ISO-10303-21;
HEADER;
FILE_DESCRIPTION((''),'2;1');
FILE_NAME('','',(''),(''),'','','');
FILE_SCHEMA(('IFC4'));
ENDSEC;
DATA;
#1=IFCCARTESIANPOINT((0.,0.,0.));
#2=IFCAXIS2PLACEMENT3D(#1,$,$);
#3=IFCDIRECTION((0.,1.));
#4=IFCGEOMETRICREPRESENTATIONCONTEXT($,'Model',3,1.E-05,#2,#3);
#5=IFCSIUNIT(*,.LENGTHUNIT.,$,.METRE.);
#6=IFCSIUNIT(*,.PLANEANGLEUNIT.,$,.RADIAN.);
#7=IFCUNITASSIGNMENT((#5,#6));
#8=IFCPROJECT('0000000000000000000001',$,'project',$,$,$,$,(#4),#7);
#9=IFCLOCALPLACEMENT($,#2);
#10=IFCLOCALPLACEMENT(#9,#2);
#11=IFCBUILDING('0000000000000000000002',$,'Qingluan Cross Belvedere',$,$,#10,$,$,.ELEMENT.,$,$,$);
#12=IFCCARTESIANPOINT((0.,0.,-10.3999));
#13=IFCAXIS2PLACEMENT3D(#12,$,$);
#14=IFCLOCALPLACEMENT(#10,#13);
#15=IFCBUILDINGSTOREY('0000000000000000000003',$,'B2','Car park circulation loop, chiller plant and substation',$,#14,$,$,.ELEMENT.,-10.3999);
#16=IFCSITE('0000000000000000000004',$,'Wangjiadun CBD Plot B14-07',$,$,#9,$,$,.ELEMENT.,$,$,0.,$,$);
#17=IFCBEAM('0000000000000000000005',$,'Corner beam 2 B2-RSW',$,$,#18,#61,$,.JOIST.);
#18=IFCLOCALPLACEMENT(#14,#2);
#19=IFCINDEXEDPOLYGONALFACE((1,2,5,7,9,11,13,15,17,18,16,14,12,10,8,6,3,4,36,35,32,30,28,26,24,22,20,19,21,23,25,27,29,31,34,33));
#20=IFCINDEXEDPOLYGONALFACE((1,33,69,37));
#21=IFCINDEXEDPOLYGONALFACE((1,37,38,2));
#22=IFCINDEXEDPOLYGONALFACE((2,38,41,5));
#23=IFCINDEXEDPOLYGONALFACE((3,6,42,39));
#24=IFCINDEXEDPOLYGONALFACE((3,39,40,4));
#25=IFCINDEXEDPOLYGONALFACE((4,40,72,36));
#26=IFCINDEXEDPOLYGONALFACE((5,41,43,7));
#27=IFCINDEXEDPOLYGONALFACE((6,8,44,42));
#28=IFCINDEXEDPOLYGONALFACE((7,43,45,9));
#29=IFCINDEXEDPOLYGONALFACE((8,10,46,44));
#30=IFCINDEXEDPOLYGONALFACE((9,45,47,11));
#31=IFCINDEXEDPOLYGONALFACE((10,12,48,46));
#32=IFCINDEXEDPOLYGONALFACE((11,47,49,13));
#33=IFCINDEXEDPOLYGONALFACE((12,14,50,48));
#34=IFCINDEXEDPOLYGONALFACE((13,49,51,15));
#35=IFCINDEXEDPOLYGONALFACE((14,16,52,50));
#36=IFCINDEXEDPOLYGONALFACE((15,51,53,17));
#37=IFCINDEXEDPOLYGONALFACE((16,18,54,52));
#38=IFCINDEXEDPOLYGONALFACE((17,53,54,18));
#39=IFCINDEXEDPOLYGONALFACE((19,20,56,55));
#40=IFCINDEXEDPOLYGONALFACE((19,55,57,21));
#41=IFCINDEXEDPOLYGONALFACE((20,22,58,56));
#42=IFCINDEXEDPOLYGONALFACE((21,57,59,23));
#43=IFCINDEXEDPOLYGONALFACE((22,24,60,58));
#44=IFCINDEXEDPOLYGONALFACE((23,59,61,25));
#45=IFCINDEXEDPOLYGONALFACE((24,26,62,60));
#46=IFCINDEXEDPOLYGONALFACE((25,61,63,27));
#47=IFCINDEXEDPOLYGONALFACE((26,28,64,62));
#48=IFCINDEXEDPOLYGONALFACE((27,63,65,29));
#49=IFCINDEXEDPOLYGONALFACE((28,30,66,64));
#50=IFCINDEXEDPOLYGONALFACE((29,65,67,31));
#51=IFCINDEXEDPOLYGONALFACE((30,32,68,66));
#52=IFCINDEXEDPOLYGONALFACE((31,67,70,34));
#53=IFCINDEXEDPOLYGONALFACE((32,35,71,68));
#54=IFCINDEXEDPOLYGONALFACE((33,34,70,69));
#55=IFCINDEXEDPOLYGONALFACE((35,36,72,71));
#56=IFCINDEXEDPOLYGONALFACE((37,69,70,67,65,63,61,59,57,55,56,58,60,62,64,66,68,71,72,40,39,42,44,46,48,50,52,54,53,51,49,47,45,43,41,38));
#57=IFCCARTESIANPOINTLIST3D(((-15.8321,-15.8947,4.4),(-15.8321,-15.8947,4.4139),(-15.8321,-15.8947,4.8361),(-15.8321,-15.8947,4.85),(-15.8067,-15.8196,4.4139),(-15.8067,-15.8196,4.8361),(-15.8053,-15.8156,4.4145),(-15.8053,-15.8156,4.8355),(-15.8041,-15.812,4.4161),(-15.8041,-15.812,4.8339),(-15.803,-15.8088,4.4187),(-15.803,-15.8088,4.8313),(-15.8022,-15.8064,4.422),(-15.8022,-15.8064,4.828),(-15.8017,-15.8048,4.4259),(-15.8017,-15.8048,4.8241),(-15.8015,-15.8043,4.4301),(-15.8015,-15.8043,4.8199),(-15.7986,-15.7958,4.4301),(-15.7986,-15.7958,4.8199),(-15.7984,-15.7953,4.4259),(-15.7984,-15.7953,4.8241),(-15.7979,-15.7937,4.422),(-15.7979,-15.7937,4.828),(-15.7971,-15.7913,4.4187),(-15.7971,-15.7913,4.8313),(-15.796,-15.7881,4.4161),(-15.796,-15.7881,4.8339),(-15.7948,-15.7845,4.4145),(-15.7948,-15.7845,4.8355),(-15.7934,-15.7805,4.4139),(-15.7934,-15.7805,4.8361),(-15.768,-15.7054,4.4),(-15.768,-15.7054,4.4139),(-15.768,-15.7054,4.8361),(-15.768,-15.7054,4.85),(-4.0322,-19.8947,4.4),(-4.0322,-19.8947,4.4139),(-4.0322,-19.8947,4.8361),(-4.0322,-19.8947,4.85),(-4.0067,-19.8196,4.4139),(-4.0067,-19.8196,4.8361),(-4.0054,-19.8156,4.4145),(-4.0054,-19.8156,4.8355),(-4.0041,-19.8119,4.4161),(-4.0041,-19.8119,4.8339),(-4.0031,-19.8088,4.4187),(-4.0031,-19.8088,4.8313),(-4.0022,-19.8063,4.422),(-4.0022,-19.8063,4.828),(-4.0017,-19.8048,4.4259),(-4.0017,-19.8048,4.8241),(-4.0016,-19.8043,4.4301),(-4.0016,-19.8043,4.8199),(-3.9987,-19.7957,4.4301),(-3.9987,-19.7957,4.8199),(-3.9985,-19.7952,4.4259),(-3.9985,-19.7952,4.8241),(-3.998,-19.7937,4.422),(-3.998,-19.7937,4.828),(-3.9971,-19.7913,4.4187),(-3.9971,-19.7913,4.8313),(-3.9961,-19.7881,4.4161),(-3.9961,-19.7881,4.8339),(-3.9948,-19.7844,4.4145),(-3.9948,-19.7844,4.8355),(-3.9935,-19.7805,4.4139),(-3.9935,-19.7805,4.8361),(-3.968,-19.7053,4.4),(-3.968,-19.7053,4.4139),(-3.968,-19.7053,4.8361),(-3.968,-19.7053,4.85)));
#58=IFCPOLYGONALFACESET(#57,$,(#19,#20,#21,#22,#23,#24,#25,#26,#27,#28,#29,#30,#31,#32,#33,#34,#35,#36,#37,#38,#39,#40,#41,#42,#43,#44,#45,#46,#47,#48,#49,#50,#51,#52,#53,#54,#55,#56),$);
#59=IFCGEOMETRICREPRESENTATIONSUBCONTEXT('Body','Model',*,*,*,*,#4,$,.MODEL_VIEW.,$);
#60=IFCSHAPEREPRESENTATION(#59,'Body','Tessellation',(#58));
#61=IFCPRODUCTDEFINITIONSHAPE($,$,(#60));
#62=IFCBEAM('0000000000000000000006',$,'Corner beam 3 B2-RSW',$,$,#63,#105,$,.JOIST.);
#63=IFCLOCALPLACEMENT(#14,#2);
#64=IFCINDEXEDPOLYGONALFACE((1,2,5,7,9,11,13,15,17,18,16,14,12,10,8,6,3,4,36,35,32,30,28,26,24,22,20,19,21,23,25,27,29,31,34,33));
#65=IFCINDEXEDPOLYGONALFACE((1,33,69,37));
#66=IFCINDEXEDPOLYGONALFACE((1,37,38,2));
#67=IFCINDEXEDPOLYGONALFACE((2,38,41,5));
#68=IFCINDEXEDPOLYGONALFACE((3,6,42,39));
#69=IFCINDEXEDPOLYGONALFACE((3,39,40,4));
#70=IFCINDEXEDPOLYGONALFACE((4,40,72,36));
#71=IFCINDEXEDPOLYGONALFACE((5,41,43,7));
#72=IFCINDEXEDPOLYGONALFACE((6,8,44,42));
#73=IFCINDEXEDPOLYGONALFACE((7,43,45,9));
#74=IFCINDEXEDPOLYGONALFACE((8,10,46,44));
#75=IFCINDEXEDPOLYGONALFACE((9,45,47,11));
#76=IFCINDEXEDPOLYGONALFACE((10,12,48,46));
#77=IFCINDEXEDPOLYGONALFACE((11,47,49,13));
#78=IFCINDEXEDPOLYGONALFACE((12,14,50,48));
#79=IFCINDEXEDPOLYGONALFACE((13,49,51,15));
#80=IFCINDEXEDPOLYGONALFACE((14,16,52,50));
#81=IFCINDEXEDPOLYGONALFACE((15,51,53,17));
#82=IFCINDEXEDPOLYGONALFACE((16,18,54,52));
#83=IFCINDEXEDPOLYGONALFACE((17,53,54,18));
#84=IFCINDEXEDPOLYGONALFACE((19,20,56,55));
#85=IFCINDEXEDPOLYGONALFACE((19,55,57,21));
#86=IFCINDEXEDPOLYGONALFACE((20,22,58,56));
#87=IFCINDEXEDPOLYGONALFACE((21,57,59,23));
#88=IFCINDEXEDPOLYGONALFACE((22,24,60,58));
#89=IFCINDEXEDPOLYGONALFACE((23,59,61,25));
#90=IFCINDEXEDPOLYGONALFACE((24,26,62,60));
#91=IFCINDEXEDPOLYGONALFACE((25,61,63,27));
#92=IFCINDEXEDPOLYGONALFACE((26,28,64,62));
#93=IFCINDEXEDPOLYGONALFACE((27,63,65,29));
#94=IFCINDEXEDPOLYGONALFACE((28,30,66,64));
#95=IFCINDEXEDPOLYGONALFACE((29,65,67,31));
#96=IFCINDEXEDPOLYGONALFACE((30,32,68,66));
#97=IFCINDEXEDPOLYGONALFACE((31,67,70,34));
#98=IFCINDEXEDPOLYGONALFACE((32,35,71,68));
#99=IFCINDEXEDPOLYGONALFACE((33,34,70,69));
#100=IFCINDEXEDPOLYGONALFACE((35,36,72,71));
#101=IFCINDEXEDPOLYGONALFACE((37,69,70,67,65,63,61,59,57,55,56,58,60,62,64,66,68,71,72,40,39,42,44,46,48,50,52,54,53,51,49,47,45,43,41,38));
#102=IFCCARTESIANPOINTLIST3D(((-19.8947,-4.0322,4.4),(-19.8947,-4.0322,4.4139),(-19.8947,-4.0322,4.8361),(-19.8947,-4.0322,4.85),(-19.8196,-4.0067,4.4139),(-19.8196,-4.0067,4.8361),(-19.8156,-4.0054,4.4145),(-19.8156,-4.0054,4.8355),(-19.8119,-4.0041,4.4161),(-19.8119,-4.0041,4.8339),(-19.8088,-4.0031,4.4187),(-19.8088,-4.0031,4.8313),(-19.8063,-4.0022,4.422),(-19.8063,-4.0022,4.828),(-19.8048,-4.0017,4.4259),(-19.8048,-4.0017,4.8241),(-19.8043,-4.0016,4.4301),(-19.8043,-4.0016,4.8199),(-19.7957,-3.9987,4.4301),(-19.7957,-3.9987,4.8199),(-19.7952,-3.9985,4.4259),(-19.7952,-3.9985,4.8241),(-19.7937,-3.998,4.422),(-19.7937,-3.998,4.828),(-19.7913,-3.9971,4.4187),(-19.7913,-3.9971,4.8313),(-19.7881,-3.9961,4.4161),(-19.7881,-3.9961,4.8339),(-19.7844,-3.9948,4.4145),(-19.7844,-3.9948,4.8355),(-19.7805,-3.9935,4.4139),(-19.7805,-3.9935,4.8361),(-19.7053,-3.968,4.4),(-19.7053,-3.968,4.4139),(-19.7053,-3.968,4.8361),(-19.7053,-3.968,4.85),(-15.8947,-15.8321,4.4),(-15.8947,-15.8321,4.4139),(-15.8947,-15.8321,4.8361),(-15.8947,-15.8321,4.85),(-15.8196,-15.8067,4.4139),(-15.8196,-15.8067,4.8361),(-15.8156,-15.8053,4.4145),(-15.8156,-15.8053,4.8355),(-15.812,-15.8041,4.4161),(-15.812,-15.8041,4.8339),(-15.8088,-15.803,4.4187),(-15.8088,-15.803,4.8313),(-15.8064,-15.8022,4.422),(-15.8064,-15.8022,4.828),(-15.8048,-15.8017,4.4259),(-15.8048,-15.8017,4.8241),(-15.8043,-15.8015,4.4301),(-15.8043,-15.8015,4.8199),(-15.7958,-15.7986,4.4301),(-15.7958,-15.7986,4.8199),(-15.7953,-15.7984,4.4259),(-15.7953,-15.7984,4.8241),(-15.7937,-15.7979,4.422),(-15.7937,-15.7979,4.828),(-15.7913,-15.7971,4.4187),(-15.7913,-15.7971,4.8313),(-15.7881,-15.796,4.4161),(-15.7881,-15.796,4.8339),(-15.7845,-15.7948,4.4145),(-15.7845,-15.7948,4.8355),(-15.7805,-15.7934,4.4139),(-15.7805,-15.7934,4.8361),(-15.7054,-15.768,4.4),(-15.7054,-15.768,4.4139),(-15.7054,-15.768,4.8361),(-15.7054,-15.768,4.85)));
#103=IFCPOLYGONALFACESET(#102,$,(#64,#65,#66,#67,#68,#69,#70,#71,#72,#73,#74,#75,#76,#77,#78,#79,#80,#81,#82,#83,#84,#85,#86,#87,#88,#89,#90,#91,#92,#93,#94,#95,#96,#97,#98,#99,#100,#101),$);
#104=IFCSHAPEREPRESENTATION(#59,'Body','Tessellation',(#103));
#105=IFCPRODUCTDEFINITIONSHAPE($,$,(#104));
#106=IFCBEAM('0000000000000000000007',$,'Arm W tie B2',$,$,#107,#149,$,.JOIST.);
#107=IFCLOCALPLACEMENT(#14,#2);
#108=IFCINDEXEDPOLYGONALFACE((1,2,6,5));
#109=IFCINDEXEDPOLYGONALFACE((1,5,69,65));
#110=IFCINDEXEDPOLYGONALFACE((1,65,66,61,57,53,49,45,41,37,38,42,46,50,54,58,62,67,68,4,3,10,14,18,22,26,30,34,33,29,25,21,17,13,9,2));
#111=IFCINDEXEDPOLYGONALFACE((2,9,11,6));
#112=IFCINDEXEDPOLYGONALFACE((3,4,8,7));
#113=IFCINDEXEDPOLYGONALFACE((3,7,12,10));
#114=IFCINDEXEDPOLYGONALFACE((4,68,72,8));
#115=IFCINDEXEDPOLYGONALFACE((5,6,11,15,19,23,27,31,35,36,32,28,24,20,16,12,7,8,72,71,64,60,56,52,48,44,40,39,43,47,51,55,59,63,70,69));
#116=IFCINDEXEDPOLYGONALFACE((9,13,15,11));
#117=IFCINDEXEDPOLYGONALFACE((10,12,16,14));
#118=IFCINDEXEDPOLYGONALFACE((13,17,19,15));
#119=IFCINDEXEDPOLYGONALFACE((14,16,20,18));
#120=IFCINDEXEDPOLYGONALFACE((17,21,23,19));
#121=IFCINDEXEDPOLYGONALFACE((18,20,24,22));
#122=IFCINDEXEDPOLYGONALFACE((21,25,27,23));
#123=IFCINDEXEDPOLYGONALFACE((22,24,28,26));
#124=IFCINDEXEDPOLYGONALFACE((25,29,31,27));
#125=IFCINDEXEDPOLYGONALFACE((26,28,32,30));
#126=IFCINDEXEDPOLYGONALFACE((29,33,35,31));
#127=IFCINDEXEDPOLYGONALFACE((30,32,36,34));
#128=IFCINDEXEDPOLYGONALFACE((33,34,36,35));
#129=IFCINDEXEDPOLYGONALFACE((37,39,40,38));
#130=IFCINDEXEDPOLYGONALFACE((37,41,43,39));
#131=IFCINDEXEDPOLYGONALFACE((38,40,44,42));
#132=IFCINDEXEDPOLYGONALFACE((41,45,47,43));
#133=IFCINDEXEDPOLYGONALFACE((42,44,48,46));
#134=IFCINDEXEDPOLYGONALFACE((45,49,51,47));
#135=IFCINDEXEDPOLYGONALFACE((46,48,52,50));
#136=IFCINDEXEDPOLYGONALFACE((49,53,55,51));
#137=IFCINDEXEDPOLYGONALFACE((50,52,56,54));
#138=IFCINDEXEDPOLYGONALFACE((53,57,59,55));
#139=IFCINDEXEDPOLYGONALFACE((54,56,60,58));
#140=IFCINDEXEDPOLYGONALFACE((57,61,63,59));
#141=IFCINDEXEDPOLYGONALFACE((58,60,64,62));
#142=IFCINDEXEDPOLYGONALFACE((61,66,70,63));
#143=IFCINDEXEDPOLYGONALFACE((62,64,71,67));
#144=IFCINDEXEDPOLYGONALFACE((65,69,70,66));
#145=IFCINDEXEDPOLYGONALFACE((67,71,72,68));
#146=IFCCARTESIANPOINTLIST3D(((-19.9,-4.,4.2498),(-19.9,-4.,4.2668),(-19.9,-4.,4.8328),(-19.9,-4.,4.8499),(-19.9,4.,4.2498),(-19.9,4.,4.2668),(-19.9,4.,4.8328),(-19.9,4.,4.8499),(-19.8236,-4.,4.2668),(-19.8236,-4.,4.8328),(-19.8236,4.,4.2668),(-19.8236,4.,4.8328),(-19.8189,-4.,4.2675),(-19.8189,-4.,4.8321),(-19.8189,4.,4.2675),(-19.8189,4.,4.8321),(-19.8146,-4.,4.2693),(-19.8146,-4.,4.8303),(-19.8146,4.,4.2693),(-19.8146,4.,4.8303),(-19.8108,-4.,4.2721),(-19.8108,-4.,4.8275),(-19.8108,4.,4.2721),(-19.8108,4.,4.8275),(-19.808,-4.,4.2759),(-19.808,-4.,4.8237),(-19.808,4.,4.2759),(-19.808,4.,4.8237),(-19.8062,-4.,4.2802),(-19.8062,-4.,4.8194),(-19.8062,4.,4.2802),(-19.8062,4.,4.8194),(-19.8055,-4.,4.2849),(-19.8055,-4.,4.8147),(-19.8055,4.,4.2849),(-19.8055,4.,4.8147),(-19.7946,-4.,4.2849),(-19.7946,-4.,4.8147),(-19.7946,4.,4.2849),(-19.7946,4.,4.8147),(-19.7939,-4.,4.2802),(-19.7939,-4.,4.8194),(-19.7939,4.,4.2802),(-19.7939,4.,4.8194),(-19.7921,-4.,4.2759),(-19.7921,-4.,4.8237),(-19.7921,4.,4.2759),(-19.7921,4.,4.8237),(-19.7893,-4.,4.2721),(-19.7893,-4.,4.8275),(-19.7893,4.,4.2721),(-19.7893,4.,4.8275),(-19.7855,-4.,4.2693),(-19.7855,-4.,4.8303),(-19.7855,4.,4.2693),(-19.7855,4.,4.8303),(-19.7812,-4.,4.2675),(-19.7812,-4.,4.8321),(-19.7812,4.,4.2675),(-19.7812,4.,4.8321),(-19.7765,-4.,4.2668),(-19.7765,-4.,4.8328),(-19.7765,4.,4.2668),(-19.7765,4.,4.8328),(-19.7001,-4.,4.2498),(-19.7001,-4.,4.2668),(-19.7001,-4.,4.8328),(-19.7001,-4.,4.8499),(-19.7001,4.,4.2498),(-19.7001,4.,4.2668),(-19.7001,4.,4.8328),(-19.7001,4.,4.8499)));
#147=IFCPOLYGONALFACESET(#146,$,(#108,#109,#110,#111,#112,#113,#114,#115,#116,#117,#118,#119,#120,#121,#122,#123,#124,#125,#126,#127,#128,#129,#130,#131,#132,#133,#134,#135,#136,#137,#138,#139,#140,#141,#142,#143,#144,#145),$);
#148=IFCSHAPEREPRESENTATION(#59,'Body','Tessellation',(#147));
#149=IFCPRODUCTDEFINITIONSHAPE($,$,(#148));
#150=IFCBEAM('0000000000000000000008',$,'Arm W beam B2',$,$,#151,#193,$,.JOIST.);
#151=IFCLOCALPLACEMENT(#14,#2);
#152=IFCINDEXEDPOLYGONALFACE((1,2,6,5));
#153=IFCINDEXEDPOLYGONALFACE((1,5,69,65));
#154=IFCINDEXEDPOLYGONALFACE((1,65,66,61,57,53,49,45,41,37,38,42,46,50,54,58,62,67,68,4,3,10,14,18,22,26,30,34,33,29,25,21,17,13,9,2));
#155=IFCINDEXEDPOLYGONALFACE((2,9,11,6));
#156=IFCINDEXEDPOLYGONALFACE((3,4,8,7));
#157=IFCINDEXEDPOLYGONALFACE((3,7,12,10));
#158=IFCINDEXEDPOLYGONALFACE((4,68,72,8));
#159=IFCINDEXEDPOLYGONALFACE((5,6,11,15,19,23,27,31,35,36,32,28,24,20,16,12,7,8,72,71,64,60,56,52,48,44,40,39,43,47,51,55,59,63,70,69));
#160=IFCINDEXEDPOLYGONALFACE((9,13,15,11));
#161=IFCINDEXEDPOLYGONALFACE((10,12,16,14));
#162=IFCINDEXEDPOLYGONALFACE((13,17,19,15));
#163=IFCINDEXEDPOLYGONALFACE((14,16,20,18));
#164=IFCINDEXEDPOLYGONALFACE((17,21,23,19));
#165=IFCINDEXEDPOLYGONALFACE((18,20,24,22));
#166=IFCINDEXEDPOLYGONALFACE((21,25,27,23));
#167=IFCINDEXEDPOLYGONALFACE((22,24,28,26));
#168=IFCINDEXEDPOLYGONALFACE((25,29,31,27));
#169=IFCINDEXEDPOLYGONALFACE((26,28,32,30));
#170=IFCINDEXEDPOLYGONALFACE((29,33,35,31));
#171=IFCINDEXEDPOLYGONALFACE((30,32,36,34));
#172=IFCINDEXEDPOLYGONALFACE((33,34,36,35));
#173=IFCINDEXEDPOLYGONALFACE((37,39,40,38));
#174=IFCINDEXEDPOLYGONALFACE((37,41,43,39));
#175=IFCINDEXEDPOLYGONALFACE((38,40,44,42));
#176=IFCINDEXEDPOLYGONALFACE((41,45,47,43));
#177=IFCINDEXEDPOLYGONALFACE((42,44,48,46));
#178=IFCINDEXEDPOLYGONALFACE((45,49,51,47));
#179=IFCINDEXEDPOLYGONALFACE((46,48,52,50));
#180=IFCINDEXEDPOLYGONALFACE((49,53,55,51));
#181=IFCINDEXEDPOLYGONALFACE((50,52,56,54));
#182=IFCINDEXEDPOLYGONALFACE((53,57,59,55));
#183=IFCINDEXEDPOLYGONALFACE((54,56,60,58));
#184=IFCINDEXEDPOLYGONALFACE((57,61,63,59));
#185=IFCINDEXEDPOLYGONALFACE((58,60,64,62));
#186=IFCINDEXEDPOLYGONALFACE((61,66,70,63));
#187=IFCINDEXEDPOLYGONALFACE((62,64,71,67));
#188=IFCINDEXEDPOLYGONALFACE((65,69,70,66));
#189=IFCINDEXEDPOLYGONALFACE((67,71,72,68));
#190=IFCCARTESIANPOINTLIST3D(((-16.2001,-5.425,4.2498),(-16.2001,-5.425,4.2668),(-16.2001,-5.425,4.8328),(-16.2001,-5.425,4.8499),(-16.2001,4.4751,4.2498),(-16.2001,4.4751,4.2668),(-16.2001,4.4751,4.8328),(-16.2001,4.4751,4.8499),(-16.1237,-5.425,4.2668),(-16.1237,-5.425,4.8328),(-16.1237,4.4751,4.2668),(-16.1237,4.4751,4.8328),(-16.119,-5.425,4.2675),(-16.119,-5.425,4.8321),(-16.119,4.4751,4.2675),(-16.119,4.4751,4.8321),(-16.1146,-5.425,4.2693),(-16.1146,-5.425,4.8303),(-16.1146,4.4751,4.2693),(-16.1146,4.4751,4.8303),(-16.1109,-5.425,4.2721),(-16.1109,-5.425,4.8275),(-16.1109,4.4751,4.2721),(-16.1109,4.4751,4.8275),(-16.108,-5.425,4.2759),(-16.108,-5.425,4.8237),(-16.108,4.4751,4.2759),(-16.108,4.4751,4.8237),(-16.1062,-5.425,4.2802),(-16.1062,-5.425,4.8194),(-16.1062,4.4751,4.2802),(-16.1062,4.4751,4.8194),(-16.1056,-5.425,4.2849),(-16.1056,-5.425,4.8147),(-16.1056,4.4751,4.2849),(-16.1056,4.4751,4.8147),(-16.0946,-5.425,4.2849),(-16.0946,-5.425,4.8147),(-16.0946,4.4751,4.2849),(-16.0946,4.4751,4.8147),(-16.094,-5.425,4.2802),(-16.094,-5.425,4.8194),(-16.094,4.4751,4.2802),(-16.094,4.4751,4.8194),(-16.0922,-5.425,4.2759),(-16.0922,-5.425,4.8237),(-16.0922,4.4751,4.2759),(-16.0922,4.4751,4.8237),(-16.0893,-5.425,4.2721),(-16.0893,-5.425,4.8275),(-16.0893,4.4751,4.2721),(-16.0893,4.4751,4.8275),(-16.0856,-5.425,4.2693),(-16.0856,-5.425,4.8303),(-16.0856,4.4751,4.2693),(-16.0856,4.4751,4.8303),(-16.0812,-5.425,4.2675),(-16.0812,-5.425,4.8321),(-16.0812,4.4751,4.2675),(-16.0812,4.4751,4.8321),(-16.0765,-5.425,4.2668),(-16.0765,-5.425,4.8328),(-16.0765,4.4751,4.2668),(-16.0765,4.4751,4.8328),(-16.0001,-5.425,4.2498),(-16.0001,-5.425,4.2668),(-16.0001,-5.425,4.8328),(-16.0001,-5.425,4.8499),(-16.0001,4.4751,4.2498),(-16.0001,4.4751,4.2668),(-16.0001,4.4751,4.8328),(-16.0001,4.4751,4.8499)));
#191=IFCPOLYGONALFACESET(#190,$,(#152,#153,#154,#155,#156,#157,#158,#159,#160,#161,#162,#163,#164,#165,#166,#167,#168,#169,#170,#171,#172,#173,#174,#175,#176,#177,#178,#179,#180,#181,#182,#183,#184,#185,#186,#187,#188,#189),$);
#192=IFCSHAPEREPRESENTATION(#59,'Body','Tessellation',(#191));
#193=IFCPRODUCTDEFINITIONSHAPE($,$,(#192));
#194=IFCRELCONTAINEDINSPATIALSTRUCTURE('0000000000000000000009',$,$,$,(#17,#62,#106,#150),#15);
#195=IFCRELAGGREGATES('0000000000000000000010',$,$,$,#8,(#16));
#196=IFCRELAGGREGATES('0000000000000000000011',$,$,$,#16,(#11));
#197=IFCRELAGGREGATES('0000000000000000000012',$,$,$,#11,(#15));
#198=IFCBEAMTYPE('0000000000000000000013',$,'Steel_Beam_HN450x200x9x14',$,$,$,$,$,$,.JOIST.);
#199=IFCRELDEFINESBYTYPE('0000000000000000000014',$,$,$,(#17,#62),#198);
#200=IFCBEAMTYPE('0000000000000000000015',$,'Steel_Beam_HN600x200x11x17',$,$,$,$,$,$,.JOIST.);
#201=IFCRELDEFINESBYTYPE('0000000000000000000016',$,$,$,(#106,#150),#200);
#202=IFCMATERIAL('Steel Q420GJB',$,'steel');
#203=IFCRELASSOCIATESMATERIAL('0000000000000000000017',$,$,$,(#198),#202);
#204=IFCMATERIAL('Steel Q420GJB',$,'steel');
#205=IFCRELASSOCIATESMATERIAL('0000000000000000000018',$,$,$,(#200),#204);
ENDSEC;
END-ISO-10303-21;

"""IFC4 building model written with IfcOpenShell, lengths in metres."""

from ifc_helpers import new_model, si_unit, direction, frame, origin, origin_2d, place, context, subcontext, project, spatial, i_section, extrude, material, material_profile, profile_set, type_object, element, save


model = new_model("IFC4")

# Units and contexts
model_context = context("Model", 3, precision=1e-05, world=origin(), true_north=direction((0.0, 1.0)))
body_context = subcontext(model_context, "Body", "Model", "MODEL_VIEW")
ifc_project = project(units=[si_unit("LENGTHUNIT", "METRE"), si_unit("PLANEANGLEUNIT", "RADIAN")], contexts=[model_context])

# Site, building, storey
site_placement = place(None, origin())
site = spatial("IfcSite", under=ifc_project, at=site_placement, Name="Wangjiadun CBD Plot B14-07", CompositionType="ELEMENT", RefElevation=0.0)
building_placement = place(site_placement, origin())
building = spatial("IfcBuilding", under=site, at=building_placement, Name="Qingluan Cross Belvedere", CompositionType="ELEMENT")
storey_placement = place(building_placement, frame((0.0, 0.0, -10.3999)))
storey = spatial("IfcBuildingStorey", under=building, at=storey_placement, Name="B2", Description="Car park circulation loop, chiller plant and substation", CompositionType="ELEMENT", Elevation=-10.3999)

# Beams
ifc_material_1 = material(Name="Steel Q420GJB", Category="steel")
ifc_material_profile_1 = material_profile(ifc_material_1, i_section(OverallWidth=0.2, OverallDepth=0.45, WebThickness=0.009, FlangeThickness=0.0139, FilletRadius=0.0161, at=origin_2d()), Name="HN450x200x9x14")
ifc_profile_set_1 = profile_set([ifc_material_profile_1], Name="Steel Q420GJB")
beam_type_1 = type_object("IfcBeamType", Name="Steel_Beam_HN450x200x9x14", PredefinedType="JOIST", material=ifc_profile_set_1)
for number, where, z_axis, x_axis, name in (
    (1, (-15.8, -15.8, 4.625), (0.947066, -0.321038, 0.0), (0.321038, 0.947066, 0.0), "Corner beam 2 B2-RSW"),
    (2, (-15.8, -15.8, 4.625), (-0.321038, 0.947066, 0.0), (-0.947066, -0.321038, 0.0), "Corner beam 3 B2-RSW"),
):
    element("IfcBeam", number, at=place(storey_placement, frame(where, z_axis=z_axis, x_axis=x_axis)), inside=storey, type_object=beam_type_1, Name=name, PredefinedType="JOIST", context=body_context, shape_type="SweptSolid", body=[
        extrude(i_section(OverallWidth=0.2, OverallDepth=0.45, WebThickness=0.009, FlangeThickness=0.0139, FilletRadius=0.0161, at=origin_2d()), origin(), (0.0, 0.0, 1.0), 12.4595),
    ])
ifc_material_2 = material(Name="Steel Q420GJB", Category="steel")
ifc_material_profile_2 = material_profile(ifc_material_2, i_section(OverallWidth=0.2, OverallDepth=0.6001, WebThickness=0.011, FlangeThickness=0.0171, FilletRadius=0.0181, at=origin_2d()), Name="HN600x200x11x17")
ifc_profile_set_2 = profile_set([ifc_material_profile_2], Name="Steel Q420GJB")
beam_type_2 = type_object("IfcBeamType", Name="Steel_Beam_HN600x200x11x17", PredefinedType="JOIST", material=ifc_profile_set_2)
beam_1_placement = place(storey_placement, frame((-19.8, -4.0, 4.5498), z_axis=(0.0, 1.0, 0.0), x_axis=(-1.0, 0.0, 0.0)))
element("IfcBeam", 3, at=beam_1_placement, inside=storey, type_object=beam_type_2, Name="Arm W tie B2", PredefinedType="JOIST", context=body_context, shape_type="SweptSolid", body=[
    extrude(i_section(OverallWidth=0.2, OverallDepth=0.6001, WebThickness=0.011, FlangeThickness=0.0171, FilletRadius=0.0181, at=origin_2d()), origin(), (0.0, 0.0, 1.0), 8.0),
])
beam_2_placement = place(storey_placement, frame((-16.1001, -5.425, 4.5498), z_axis=(0.0, 1.0, 0.0), x_axis=(-1.0, 0.0, 0.0)))
element("IfcBeam", 4, at=beam_2_placement, inside=storey, type_object=beam_type_2, Name="Arm W beam B2", PredefinedType="JOIST", context=body_context, shape_type="SweptSolid", body=[
    extrude(i_section(OverallWidth=0.2, OverallDepth=0.6001, WebThickness=0.011, FlangeThickness=0.0171, FilletRadius=0.0181, at=origin_2d()), origin(), (0.0, 0.0, 1.0), 9.9001),
])

save(model, "model.ifc")
